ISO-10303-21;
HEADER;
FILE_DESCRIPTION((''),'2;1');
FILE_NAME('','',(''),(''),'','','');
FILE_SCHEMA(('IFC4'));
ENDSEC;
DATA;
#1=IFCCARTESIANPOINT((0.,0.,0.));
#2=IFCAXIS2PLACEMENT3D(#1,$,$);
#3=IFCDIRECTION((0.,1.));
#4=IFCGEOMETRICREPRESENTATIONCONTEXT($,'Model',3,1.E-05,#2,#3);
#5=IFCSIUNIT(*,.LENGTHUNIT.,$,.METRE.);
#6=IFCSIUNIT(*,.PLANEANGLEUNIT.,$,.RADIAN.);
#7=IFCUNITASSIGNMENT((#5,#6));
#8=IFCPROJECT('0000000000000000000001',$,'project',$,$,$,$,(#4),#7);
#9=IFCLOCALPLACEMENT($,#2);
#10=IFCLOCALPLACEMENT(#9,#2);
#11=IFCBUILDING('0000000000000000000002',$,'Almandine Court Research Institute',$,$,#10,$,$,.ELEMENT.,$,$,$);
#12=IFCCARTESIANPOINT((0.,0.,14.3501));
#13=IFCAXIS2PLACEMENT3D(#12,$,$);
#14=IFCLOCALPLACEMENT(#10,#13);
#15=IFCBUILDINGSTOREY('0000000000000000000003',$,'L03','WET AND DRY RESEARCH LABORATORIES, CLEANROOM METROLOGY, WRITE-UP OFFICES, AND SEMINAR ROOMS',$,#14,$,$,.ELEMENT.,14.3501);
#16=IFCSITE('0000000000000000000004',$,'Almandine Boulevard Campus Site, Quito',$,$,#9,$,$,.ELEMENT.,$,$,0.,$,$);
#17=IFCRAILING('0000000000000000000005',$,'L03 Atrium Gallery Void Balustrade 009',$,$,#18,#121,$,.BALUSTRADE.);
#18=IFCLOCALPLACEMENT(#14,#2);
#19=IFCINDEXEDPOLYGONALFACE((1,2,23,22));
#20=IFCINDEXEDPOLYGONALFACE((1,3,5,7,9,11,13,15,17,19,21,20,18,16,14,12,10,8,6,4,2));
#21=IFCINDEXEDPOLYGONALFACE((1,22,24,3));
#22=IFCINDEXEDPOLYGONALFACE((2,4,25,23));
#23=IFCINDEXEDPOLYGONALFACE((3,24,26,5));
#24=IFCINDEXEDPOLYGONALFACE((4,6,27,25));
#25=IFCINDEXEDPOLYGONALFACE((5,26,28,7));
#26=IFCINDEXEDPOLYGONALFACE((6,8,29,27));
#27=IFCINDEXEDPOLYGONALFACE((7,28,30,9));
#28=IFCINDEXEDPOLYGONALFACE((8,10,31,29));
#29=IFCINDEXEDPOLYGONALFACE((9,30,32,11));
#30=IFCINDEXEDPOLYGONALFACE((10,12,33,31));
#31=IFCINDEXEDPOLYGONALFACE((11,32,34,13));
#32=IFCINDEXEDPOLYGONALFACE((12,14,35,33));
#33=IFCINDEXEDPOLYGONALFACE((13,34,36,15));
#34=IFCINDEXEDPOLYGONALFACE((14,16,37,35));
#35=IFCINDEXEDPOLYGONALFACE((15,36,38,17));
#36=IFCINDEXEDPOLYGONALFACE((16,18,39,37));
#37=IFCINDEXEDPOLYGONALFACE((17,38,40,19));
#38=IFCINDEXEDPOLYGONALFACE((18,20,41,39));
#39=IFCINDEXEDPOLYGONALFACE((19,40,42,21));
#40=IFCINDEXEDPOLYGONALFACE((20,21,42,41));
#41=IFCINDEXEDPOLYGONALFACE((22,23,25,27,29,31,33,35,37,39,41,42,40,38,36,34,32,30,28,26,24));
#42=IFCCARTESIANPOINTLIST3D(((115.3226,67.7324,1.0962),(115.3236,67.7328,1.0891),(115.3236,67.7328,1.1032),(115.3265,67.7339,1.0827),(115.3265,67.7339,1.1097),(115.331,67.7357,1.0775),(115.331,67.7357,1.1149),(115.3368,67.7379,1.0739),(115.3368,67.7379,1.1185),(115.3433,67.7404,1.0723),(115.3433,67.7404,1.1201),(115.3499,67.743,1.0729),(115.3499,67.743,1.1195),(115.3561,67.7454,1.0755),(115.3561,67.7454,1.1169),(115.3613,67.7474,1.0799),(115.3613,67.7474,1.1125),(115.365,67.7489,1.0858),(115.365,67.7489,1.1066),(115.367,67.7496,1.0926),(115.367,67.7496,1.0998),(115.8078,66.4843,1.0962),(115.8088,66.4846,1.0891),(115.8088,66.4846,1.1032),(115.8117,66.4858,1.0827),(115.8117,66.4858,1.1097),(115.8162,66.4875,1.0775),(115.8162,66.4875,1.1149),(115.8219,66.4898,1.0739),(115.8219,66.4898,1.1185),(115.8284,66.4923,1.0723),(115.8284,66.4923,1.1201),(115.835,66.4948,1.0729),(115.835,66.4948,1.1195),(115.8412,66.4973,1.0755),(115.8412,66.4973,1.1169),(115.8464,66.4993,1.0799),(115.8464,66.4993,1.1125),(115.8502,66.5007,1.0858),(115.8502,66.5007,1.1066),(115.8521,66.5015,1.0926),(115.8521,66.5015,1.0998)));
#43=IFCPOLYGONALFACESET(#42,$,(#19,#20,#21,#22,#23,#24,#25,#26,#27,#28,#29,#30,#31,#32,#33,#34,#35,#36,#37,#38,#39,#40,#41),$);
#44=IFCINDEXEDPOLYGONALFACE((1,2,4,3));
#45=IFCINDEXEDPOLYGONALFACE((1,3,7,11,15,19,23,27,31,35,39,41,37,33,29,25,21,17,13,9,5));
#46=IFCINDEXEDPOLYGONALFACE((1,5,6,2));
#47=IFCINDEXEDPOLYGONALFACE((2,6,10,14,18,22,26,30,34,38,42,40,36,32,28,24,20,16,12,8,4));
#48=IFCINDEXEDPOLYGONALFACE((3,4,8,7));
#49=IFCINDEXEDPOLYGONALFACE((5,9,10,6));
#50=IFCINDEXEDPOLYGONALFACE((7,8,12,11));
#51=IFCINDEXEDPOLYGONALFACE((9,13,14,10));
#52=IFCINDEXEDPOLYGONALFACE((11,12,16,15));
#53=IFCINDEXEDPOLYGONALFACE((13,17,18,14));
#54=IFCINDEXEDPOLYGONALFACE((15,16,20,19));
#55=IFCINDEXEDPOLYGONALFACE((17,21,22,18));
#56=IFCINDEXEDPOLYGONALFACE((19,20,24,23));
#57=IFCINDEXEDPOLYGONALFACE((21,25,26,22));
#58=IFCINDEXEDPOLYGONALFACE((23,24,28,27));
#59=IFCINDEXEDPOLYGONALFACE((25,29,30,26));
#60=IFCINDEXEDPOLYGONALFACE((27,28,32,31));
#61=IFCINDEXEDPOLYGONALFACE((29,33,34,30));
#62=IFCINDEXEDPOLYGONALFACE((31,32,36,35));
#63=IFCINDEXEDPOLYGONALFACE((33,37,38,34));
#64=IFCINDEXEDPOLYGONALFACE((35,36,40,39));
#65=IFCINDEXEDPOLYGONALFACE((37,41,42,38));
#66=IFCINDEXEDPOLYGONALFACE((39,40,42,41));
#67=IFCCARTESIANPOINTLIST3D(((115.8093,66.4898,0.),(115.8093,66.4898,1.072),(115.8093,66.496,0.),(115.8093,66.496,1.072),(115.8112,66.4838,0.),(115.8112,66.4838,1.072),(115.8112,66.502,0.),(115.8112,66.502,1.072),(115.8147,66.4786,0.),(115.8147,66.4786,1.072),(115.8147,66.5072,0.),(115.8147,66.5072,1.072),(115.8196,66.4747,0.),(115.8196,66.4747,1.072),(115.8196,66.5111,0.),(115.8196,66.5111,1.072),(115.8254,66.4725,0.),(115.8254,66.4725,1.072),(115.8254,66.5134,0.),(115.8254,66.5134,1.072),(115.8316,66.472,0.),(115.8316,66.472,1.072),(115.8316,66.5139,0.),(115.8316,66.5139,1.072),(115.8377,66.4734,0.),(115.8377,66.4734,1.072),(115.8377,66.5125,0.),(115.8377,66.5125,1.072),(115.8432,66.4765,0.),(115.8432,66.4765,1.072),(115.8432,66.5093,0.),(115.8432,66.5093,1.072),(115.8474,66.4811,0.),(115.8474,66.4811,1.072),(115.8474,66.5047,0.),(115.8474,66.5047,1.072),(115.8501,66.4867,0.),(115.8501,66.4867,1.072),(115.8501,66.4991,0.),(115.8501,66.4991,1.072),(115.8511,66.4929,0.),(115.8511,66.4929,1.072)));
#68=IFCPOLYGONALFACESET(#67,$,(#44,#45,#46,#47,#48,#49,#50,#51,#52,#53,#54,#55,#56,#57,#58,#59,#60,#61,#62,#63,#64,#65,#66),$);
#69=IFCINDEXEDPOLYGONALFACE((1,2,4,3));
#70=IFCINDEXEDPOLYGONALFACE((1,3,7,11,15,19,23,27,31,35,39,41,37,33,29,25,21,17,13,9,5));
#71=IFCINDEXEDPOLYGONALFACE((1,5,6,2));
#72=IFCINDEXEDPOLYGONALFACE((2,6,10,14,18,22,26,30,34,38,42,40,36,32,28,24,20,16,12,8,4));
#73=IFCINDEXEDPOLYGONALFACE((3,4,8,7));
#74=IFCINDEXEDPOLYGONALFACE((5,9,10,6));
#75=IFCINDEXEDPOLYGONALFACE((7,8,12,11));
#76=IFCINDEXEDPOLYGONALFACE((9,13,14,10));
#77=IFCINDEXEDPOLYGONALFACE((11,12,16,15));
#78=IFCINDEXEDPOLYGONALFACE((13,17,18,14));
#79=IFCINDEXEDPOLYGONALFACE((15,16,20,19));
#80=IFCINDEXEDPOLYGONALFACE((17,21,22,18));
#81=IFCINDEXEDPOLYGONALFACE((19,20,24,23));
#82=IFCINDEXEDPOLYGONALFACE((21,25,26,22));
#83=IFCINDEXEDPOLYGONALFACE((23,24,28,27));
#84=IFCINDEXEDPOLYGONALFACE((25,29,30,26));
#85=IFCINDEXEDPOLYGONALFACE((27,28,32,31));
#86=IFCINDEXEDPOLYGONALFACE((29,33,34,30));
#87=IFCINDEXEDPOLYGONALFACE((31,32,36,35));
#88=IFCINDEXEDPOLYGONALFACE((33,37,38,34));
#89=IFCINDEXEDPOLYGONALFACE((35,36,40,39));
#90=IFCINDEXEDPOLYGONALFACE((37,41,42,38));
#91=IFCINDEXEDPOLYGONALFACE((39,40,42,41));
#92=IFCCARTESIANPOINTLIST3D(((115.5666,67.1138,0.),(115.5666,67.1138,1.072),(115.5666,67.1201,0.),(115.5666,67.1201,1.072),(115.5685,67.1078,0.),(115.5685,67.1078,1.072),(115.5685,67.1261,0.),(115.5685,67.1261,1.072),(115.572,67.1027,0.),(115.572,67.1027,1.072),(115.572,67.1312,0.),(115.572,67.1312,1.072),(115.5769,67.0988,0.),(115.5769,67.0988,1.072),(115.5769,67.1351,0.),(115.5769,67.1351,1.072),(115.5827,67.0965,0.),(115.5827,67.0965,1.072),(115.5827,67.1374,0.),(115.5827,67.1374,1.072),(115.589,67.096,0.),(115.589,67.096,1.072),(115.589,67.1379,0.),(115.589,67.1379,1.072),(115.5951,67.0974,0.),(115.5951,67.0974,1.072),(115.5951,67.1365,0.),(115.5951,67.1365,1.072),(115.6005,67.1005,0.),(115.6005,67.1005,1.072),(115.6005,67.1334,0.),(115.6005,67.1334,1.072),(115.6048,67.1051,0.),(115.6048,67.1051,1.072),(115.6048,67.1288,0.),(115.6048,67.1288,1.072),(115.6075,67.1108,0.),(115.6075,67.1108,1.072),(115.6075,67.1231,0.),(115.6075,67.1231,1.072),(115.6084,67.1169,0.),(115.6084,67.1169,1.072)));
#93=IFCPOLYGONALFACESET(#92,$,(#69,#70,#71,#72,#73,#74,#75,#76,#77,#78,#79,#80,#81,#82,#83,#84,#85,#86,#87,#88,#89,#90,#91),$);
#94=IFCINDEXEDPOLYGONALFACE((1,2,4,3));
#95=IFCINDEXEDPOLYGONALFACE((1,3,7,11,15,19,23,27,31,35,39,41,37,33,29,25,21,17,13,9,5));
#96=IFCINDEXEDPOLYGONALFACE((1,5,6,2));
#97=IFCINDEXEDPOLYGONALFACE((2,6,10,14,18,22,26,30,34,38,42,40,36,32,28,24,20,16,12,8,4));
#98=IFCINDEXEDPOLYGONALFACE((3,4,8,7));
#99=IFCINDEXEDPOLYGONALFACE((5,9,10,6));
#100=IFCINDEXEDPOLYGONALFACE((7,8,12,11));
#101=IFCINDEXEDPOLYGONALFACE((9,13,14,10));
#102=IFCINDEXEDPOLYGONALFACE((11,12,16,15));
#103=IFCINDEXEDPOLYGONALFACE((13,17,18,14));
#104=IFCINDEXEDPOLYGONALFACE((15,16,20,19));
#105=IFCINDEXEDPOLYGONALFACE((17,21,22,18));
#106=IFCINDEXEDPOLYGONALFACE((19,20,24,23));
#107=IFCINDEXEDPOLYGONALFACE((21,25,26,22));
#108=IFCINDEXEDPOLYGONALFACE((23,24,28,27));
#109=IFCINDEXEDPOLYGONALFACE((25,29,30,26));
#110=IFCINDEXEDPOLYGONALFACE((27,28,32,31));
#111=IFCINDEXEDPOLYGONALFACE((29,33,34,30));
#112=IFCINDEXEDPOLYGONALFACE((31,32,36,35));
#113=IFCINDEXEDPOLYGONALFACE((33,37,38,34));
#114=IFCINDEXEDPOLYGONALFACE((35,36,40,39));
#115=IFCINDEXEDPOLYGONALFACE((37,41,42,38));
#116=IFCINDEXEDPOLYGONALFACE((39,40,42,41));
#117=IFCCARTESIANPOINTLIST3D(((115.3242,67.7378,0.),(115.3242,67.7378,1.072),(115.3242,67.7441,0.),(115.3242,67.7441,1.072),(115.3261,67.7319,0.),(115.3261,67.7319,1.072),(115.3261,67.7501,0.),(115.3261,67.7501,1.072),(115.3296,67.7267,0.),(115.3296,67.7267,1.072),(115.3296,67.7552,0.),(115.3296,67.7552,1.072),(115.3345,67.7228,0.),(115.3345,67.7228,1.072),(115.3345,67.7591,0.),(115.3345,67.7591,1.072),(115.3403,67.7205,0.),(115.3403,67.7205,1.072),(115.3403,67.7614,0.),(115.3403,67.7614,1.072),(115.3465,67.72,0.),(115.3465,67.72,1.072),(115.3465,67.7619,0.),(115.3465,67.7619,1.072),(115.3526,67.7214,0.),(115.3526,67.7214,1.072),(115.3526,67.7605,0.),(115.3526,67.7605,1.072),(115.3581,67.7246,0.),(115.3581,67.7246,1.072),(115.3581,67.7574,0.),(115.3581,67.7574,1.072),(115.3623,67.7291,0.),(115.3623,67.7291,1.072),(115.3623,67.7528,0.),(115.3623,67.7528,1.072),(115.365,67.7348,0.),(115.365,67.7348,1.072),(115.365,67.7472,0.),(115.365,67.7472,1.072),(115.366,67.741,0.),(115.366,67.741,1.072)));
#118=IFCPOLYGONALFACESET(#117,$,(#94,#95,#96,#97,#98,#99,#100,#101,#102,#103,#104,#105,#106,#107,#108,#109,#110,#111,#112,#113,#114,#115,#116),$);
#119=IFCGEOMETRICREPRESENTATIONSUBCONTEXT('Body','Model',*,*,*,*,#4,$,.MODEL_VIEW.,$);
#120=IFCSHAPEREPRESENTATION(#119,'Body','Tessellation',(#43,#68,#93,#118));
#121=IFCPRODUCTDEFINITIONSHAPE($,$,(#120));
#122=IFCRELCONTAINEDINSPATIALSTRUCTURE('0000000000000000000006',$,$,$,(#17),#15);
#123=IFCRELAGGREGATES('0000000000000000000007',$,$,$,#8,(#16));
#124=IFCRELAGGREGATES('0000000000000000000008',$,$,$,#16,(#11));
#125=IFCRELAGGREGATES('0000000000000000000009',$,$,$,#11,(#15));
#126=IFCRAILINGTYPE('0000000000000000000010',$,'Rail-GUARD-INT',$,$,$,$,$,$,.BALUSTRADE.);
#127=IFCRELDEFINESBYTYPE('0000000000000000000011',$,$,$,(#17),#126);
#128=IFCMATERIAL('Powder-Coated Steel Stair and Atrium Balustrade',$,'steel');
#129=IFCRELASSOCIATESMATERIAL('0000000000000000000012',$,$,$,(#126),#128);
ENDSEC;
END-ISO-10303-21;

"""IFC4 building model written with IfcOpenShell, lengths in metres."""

from ifc_helpers import new_model, si_unit, direction, frame, origin, origin_2d, place, context, subcontext, project, spatial, circle, extrude, material, type_object, element, save


model = new_model("IFC4")

# Units and contexts
model_context = context("Model", 3, precision=1e-05, world=origin(), true_north=direction((0.0, 1.0)))
body_context = subcontext(model_context, "Body", "Model", "MODEL_VIEW")
ifc_project = project(units=[si_unit("LENGTHUNIT", "METRE"), si_unit("PLANEANGLEUNIT", "RADIAN")], contexts=[model_context])

# Site, building, storey
site_placement = place(None, origin())
site = spatial("IfcSite", under=ifc_project, at=site_placement, Name="Almandine Boulevard Campus Site, Quito", CompositionType="ELEMENT", RefElevation=0.0)
building_placement = place(site_placement, origin())
building = spatial("IfcBuilding", under=site, at=building_placement, Name="Almandine Court Research Institute", CompositionType="ELEMENT")
storey_placement = place(building_placement, frame((0.0, 0.0, 14.3501)))
storey = spatial("IfcBuildingStorey", under=building, at=storey_placement, Name="L03", Description="WET AND DRY RESEARCH LABORATORIES, CLEANROOM METROLOGY, WRITE-UP OFFICES, AND SEMINAR ROOMS", CompositionType="ELEMENT", Elevation=14.3501)

# Railing
ifc_material_1 = material(Name="Powder-Coated Steel Stair and Atrium Balustrade", Category="steel")
railing_type = type_object("IfcRailingType", Name="Rail-GUARD-INT", PredefinedType="BALUSTRADE", material=ifc_material_1)
railing_1_placement = place(storey_placement, frame((115.8301, 66.4929, 0.0)))
element("IfcRailing", 1, at=railing_1_placement, inside=storey, type_object=railing_type, Name="L03 Atrium Gallery Void Balustrade 009", PredefinedType="BALUSTRADE", context=body_context, shape_type="SweptSolid", body=[
    extrude(circle(Radius=0.0239, at=origin_2d()), frame((0.0, 0.0, 1.0962), z_axis=(-0.362288, 0.932066, 0.0), x_axis=(-0.932066, -0.362288, 0.0)), (0.0, 0.0, 1.0), 1.3391),
    extrude(circle(Radius=0.021, at=origin_2d()), origin(), (0.0, 0.0, 1.0), 1.072),
    extrude(circle(Radius=0.021, at=origin_2d()), frame((-0.2427, 0.624, 0.0)), (0.0, 0.0, 1.0), 1.072),
    extrude(circle(Radius=0.021, at=origin_2d()), frame((-0.4851, 1.248, 0.0)), (0.0, 0.0, 1.0), 1.072),
])

save(model, "model.ifc")
